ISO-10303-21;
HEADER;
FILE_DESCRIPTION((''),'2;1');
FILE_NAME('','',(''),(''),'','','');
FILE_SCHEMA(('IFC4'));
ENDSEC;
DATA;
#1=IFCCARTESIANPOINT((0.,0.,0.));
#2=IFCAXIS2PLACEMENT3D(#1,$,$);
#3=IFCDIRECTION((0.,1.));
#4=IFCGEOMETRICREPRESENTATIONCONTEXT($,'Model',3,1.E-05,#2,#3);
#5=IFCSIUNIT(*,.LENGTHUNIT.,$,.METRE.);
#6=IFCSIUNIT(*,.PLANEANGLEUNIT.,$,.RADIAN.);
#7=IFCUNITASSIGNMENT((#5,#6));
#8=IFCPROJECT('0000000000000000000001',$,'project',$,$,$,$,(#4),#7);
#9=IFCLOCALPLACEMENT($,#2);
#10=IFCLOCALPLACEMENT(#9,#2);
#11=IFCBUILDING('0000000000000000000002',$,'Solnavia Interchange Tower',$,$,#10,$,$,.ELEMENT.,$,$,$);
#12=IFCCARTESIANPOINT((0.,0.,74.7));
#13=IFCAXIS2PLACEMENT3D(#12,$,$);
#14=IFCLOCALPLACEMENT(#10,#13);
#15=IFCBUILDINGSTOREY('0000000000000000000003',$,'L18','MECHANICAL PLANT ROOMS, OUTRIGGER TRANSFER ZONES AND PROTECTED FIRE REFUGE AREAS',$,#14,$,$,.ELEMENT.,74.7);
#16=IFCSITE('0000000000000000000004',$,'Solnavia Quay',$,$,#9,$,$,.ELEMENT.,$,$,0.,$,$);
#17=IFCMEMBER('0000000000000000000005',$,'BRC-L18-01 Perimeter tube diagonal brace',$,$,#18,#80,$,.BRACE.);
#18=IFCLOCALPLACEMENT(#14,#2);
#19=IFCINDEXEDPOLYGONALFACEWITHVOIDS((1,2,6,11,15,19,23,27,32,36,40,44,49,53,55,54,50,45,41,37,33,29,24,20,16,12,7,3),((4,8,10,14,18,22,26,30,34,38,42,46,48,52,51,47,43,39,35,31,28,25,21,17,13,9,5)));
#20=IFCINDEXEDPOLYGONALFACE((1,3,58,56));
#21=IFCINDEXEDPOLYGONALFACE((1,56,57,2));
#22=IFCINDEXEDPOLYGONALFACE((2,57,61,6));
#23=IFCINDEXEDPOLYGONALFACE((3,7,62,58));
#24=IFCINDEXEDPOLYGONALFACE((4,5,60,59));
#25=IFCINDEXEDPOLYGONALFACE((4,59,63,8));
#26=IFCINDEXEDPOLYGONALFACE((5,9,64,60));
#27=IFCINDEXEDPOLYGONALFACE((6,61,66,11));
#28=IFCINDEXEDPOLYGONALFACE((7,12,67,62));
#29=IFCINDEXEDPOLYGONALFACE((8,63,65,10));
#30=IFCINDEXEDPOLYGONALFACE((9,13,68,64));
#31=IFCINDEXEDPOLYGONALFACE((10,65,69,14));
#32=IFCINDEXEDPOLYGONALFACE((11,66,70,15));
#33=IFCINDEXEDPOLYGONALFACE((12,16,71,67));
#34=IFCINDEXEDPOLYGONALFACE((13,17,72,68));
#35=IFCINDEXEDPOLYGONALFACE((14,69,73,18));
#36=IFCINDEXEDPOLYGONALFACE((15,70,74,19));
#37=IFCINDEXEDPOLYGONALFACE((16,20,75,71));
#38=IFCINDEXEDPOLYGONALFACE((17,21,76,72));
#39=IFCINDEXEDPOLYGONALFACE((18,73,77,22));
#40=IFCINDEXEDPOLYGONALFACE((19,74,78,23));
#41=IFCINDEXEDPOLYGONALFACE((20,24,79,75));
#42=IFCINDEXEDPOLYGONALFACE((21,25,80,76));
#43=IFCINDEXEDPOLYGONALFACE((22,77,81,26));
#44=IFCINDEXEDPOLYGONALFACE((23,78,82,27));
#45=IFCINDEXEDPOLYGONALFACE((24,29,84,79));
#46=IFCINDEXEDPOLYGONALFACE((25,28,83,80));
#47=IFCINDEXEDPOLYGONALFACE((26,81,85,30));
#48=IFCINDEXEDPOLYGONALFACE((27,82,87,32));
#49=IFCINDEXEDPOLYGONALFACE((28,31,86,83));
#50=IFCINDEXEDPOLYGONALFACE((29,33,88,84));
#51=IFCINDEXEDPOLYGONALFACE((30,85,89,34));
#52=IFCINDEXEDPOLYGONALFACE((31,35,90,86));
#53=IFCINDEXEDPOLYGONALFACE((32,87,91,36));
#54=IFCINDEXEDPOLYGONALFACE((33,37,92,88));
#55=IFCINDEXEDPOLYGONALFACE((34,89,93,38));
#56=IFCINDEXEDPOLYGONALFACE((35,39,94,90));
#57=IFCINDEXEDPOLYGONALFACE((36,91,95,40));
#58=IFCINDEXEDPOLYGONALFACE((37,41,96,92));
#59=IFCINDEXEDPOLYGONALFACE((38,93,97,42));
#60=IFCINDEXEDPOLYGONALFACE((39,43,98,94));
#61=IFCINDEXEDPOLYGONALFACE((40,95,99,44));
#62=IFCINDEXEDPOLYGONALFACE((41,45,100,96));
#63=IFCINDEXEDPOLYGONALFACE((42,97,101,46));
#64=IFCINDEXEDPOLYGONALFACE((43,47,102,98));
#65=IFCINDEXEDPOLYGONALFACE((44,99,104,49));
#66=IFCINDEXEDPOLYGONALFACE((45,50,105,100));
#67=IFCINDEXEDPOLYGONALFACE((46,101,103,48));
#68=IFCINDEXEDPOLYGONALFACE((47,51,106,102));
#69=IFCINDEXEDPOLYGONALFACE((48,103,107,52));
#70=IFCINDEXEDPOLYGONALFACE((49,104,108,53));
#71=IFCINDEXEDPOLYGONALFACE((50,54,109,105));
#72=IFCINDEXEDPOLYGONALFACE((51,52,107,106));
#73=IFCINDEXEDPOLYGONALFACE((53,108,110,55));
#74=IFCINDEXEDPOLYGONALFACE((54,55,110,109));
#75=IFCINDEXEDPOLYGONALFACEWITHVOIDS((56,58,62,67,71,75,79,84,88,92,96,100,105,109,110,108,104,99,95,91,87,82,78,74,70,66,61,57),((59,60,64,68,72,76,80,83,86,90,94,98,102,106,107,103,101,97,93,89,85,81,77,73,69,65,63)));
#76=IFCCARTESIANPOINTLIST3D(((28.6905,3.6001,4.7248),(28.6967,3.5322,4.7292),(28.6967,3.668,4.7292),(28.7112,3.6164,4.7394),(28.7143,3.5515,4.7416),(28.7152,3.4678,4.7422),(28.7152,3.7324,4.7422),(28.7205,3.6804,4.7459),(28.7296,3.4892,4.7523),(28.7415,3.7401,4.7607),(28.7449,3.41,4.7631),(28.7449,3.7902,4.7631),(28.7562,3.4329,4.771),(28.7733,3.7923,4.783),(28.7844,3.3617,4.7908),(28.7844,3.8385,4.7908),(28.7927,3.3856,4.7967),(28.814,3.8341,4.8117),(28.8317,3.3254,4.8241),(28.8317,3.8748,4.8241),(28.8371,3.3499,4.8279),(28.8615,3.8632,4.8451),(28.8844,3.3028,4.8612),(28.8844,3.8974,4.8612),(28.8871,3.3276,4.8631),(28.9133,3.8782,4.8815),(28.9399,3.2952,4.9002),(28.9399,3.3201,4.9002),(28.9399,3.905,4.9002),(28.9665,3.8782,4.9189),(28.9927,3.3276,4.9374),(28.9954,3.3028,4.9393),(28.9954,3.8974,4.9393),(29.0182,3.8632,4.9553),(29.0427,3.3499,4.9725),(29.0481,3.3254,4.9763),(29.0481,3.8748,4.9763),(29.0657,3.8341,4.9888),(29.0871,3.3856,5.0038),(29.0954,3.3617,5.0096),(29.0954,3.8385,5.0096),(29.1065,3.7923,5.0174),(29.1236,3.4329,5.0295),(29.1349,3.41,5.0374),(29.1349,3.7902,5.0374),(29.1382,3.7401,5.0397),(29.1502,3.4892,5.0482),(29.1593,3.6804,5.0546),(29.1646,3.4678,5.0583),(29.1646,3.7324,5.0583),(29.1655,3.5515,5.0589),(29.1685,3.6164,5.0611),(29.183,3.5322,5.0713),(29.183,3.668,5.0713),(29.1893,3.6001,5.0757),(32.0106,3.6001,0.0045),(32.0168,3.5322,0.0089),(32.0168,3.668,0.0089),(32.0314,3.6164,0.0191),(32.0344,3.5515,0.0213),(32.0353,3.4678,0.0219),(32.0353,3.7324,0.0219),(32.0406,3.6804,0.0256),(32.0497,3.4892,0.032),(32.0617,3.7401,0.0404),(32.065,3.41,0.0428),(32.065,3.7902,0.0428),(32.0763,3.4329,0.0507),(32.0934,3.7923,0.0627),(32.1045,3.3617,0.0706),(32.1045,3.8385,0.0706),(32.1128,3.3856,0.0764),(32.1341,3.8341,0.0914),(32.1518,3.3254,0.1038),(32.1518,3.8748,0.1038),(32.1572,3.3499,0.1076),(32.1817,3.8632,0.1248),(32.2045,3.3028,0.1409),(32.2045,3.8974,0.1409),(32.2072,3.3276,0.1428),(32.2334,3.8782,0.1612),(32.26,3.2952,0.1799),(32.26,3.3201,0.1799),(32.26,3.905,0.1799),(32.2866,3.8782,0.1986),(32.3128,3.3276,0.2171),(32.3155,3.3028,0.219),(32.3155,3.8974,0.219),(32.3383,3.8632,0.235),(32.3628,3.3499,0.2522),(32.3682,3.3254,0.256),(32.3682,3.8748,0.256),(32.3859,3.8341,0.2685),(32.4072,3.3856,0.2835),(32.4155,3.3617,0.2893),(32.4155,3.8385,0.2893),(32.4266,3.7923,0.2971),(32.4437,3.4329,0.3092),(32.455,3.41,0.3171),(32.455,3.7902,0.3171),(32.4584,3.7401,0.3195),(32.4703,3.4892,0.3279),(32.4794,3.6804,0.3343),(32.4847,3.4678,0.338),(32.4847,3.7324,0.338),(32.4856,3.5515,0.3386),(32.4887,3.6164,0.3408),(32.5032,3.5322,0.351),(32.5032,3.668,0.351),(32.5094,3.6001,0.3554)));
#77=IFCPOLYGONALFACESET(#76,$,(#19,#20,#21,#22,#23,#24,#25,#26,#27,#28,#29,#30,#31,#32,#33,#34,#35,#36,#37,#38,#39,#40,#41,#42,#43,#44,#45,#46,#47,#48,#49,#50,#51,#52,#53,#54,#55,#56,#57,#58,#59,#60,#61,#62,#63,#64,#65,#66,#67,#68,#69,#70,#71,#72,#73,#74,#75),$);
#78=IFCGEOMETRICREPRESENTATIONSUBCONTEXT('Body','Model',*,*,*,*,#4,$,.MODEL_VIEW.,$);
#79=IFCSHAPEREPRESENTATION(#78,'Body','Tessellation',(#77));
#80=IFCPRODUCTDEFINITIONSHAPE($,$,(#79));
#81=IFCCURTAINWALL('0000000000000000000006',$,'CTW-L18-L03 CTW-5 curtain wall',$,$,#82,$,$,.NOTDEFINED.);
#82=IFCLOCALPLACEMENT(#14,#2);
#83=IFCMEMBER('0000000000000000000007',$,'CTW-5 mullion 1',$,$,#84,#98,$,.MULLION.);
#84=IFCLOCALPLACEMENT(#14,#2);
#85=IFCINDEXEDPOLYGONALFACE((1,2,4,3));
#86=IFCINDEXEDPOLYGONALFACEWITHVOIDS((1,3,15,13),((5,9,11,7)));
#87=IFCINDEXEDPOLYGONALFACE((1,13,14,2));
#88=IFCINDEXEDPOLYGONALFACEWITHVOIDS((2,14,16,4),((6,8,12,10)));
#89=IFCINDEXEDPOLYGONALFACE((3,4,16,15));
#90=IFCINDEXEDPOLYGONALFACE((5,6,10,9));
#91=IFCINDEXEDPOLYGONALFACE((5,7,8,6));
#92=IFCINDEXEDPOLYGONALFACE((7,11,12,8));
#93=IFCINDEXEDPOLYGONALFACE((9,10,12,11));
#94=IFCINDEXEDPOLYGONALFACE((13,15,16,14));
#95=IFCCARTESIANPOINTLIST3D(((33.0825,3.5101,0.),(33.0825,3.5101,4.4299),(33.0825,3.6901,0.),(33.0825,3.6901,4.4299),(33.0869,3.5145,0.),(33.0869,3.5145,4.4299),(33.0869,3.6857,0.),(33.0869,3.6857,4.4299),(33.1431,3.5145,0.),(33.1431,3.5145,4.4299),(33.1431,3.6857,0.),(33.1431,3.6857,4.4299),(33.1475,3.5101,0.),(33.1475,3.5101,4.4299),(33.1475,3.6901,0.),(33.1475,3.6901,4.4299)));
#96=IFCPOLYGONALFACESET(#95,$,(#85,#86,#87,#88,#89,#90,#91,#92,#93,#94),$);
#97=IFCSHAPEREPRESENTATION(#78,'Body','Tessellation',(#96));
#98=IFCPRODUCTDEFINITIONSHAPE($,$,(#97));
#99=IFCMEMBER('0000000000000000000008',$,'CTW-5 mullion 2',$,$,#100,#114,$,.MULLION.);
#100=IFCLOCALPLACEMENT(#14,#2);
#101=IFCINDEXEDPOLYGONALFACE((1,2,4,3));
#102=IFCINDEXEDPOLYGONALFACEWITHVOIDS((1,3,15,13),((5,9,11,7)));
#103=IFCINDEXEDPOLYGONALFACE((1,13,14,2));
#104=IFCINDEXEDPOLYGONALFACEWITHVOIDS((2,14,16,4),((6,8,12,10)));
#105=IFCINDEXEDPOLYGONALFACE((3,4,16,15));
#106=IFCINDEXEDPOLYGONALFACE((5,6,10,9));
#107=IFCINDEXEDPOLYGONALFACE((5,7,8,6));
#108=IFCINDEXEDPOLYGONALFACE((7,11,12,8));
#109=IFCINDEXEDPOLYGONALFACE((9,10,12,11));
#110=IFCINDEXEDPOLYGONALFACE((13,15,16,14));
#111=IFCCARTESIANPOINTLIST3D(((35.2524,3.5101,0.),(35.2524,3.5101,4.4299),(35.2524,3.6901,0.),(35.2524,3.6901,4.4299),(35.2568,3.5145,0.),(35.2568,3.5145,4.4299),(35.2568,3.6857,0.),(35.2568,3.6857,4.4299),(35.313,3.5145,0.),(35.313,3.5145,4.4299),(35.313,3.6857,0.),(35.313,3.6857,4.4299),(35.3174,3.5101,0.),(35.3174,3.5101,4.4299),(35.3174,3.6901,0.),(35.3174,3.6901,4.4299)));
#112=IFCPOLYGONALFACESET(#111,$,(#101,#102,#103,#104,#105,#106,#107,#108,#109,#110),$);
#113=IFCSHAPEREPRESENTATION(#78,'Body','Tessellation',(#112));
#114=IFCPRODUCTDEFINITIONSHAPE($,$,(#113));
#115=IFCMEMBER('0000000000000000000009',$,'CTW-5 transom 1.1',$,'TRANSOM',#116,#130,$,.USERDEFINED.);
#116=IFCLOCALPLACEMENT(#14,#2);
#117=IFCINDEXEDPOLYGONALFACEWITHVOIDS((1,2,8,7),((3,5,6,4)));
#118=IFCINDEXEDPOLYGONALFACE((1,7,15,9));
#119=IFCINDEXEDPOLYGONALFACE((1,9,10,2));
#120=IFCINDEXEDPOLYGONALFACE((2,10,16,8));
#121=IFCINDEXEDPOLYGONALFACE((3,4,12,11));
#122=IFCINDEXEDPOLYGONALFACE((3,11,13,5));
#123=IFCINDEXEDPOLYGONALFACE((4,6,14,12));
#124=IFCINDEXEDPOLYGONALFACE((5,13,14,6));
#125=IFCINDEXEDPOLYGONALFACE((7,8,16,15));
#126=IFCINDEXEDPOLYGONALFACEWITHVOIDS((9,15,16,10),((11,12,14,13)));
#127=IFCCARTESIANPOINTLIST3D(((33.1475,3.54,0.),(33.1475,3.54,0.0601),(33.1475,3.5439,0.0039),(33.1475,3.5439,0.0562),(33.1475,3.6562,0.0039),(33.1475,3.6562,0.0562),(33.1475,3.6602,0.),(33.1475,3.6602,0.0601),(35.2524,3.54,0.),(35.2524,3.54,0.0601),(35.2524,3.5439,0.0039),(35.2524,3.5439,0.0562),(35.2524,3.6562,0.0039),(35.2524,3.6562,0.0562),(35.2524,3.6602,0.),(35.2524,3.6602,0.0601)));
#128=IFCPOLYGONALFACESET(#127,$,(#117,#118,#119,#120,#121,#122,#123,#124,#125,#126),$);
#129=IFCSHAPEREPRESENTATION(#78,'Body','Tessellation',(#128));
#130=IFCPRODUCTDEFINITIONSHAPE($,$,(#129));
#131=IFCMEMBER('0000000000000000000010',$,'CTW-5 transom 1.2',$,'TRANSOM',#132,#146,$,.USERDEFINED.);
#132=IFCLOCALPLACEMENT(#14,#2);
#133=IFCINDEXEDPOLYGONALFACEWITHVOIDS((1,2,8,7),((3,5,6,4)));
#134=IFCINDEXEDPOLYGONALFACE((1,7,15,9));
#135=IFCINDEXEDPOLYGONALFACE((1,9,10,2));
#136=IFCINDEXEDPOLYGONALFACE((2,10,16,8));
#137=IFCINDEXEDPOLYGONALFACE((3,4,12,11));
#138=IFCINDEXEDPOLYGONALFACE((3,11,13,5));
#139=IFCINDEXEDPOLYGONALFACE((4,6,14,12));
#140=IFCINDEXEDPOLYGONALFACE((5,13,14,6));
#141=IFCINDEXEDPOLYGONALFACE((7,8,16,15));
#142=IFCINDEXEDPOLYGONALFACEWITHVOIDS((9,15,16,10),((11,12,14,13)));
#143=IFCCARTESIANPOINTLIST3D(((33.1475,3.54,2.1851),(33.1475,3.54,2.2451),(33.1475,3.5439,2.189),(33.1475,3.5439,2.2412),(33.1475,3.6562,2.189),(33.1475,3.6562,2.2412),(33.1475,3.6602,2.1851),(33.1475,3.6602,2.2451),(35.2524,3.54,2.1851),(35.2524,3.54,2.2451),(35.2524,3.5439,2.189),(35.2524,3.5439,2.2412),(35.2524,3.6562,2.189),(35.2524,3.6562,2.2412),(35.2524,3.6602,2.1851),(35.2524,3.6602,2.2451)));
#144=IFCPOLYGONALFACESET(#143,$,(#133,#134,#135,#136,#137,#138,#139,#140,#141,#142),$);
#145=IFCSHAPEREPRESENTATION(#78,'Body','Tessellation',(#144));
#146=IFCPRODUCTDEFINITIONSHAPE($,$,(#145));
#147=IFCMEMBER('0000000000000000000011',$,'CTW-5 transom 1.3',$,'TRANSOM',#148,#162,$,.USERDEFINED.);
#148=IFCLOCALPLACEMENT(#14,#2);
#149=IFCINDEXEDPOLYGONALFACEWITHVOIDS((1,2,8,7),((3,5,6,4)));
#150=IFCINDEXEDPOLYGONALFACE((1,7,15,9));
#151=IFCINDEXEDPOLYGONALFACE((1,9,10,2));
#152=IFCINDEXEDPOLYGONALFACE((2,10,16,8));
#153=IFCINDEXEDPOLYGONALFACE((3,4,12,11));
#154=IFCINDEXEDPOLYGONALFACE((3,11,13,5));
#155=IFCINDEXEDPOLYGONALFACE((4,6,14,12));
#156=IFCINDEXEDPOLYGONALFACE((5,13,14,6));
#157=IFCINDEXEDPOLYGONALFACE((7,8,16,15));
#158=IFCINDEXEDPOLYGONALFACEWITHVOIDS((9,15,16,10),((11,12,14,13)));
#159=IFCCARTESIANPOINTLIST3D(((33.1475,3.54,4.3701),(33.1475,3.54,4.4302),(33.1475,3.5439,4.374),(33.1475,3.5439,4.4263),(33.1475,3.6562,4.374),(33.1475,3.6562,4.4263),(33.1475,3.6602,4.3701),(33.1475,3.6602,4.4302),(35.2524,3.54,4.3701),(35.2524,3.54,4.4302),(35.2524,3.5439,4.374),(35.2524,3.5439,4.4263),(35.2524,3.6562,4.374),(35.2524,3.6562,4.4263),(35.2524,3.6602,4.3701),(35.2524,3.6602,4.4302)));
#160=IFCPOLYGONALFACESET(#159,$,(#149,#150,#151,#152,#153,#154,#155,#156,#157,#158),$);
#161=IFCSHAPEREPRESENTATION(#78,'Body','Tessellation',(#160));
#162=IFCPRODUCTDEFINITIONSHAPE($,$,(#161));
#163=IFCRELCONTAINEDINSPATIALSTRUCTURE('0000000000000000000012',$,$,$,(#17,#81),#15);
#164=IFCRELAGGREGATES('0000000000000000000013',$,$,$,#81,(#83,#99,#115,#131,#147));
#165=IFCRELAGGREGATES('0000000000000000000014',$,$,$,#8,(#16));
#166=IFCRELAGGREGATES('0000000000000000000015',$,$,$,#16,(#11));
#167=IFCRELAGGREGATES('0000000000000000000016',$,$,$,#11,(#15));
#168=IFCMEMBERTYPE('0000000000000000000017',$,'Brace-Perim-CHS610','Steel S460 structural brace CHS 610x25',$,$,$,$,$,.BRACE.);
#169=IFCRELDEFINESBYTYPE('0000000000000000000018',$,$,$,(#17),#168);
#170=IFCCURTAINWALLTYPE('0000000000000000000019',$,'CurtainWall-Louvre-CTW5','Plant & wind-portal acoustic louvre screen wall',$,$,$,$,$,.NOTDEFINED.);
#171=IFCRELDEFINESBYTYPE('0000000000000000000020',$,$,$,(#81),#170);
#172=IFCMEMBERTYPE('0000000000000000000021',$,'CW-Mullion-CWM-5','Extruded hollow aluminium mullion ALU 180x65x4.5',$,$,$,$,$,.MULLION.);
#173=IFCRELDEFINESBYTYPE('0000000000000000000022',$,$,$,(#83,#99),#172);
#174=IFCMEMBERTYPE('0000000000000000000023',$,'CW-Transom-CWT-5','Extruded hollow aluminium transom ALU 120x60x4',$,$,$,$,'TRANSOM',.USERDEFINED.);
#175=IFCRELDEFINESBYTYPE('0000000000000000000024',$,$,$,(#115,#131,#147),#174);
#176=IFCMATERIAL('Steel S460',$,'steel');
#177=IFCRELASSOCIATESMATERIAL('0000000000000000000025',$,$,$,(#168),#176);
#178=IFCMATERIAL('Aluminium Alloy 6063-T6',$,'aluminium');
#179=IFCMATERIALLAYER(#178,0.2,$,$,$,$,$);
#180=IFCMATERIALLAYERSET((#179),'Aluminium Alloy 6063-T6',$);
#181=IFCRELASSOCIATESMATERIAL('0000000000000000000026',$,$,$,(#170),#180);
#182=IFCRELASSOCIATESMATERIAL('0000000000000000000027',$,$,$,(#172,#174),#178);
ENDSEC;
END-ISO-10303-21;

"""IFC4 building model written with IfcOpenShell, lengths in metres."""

from ifc_helpers import new_model, si_unit, direction, frame, origin, origin_2d, place, context, subcontext, project, spatial, hollow_rectangle, hollow_circle, extrude, material, layer, layer_set, material_profile, profile_set, type_object, element, aggregate, save


model = new_model("IFC4")

# Units and contexts
model_context = context("Model", 3, precision=1e-05, world=origin(), true_north=direction((0.0, 1.0)))
body_context = subcontext(model_context, "Body", "Model", "MODEL_VIEW")
ifc_project = project(units=[si_unit("LENGTHUNIT", "METRE"), si_unit("PLANEANGLEUNIT", "RADIAN")], contexts=[model_context])

# Site, building, storey
site_placement = place(None, origin())
site = spatial("IfcSite", under=ifc_project, at=site_placement, Name="Solnavia Quay", CompositionType="ELEMENT", RefElevation=0.0)
building_placement = place(site_placement, origin())
building = spatial("IfcBuilding", under=site, at=building_placement, Name="Solnavia Interchange Tower", CompositionType="ELEMENT")
storey_placement = place(building_placement, frame((0.0, 0.0, 74.7)))
storey = spatial("IfcBuildingStorey", under=building, at=storey_placement, Name="L18", Description="MECHANICAL PLANT ROOMS, OUTRIGGER TRANSFER ZONES AND PROTECTED FIRE REFUGE AREAS", CompositionType="ELEMENT", Elevation=74.7)

# Shared definitions
ifc_material_1 = material(Name="Steel S460", Category="steel")

# Member
ifc_material_profile_1 = material_profile(ifc_material_1, hollow_circle(Radius=0.3049, WallThickness=0.0249, at=origin_2d()), Name="CHS 610x25")
ifc_profile_set_1 = profile_set([ifc_material_profile_1], Name="Steel S460")
member_type_1 = type_object("IfcMemberType", Name="Brace-Perim-CHS610", Description="Steel S460 structural brace CHS 610x25", PredefinedType="BRACE", material=ifc_profile_set_1)
member_1_placement = place(storey_placement, frame((32.26, 3.6001, 0.1799), z_axis=(-0.575312, 0.0, 0.817934), x_axis=(0.0, -1.0, 0.0)))
element("IfcMember", 1, at=member_1_placement, inside=storey, type_object=member_type_1, Name="BRC-L18-01 Perimeter tube diagonal brace", PredefinedType="BRACE", context=body_context, shape_type="SweptSolid", body=[
    extrude(hollow_circle(Radius=0.3049, WallThickness=0.0249, at=origin_2d()), origin(), (0.0, 0.0, 1.0), 5.771),
])

# Curtain wall, members
ifc_material_2 = material(Name="Aluminium Alloy 6063-T6", Category="aluminium")
ifc_layer_1 = layer(ifc_material_2, 0.2)
ifc_layer_set_1 = layer_set([ifc_layer_1], Name="Aluminium Alloy 6063-T6")
curtain_wall_type = type_object("IfcCurtainWallType", Name="CurtainWall-Louvre-CTW5", Description="Plant & wind-portal acoustic louvre screen wall", PredefinedType="NOTDEFINED", material=ifc_layer_set_1)
curtain_wall_placement = place(storey_placement, origin())
curtain_wall = element("IfcCurtainWall", 2, at=curtain_wall_placement, inside=storey, type_object=curtain_wall_type, Name="CTW-L18-L03 CTW-5 curtain wall", PredefinedType="NOTDEFINED")
ifc_material_profile_2 = material_profile(ifc_material_2, hollow_rectangle(XDim=0.0649, YDim=0.1799, WallThickness=0.0044, at=origin_2d()), Name="ALU 180x65x4.5")
ifc_profile_set_2 = profile_set([ifc_material_profile_2], Name="Aluminium Alloy 6063-T6")
member_type_2 = type_object("IfcMemberType", Name="CW-Mullion-CWM-5", Description="Extruded hollow aluminium mullion ALU 180x65x4.5", PredefinedType="MULLION", material=ifc_profile_set_2)
member_2_placement = place(storey_placement, frame((33.115, 3.6001, 0.0), z_axis=(0.0, 0.0, 1.0), x_axis=(1.0, 0.0, 0.0)))
member_2 = element("IfcMember", 3, at=member_2_placement, type_object=member_type_2, Name="CTW-5 mullion 1", PredefinedType="MULLION", context=body_context, shape_type="SweptSolid", body=[
    extrude(hollow_rectangle(XDim=0.0649, YDim=0.1799, WallThickness=0.0044, at=origin_2d()), origin(), (0.0, 0.0, 1.0), 4.4299),
])
member_3_placement = place(storey_placement, frame((35.2849, 3.6001, 0.0), z_axis=(0.0, 0.0, 1.0), x_axis=(1.0, 0.0, 0.0)))
member_3 = element("IfcMember", 4, at=member_3_placement, type_object=member_type_2, Name="CTW-5 mullion 2", PredefinedType="MULLION", context=body_context, shape_type="SweptSolid", body=[
    extrude(hollow_rectangle(XDim=0.0649, YDim=0.1799, WallThickness=0.0044, at=origin_2d()), origin(), (0.0, 0.0, 1.0), 4.4299),
])
ifc_material_profile_3 = material_profile(ifc_material_2, hollow_rectangle(XDim=0.0601, YDim=0.1201, WallThickness=0.0039, at=origin_2d()), Name="ALU 120x60x4")
ifc_profile_set_3 = profile_set([ifc_material_profile_3], Name="Aluminium Alloy 6063-T6")
member_type_3 = type_object("IfcMemberType", Name="CW-Transom-CWT-5", Description="Extruded hollow aluminium transom ALU 120x60x4", ElementType="TRANSOM", PredefinedType="USERDEFINED", material=ifc_profile_set_3)
member_4_placement = place(storey_placement, frame((33.1475, 3.6001, 0.03), z_axis=(1.0, 0.0, 0.0), x_axis=(0.0, 0.0, 1.0)))
member_4 = element("IfcMember", 5, at=member_4_placement, type_object=member_type_3, Name="CTW-5 transom 1.1", ObjectType="TRANSOM", PredefinedType="USERDEFINED", context=body_context, shape_type="SweptSolid", body=[
    extrude(hollow_rectangle(XDim=0.0601, YDim=0.1201, WallThickness=0.0039, at=origin_2d()), origin(), (0.0, 0.0, 1.0), 2.105),
])
member_5_placement = place(storey_placement, frame((33.1475, 3.6001, 2.2151), z_axis=(1.0, 0.0, 0.0), x_axis=(0.0, 0.0, 1.0)))
member_5 = element("IfcMember", 6, at=member_5_placement, type_object=member_type_3, Name="CTW-5 transom 1.2", ObjectType="TRANSOM", PredefinedType="USERDEFINED", context=body_context, shape_type="SweptSolid", body=[
    extrude(hollow_rectangle(XDim=0.0601, YDim=0.1201, WallThickness=0.0039, at=origin_2d()), origin(), (0.0, 0.0, 1.0), 2.105),
])
member_6_placement = place(storey_placement, frame((33.1475, 3.6001, 4.4001), z_axis=(1.0, 0.0, 0.0), x_axis=(0.0, 0.0, 1.0)))
member_6 = element("IfcMember", 7, at=member_6_placement, type_object=member_type_3, Name="CTW-5 transom 1.3", ObjectType="TRANSOM", PredefinedType="USERDEFINED", context=body_context, shape_type="SweptSolid", body=[
    extrude(hollow_rectangle(XDim=0.0601, YDim=0.1201, WallThickness=0.0039, at=origin_2d()), origin(), (0.0, 0.0, 1.0), 2.105),
])

aggregate(curtain_wall, [member_2, member_3, member_4, member_5, member_6])

save(model, "model.ifc")
